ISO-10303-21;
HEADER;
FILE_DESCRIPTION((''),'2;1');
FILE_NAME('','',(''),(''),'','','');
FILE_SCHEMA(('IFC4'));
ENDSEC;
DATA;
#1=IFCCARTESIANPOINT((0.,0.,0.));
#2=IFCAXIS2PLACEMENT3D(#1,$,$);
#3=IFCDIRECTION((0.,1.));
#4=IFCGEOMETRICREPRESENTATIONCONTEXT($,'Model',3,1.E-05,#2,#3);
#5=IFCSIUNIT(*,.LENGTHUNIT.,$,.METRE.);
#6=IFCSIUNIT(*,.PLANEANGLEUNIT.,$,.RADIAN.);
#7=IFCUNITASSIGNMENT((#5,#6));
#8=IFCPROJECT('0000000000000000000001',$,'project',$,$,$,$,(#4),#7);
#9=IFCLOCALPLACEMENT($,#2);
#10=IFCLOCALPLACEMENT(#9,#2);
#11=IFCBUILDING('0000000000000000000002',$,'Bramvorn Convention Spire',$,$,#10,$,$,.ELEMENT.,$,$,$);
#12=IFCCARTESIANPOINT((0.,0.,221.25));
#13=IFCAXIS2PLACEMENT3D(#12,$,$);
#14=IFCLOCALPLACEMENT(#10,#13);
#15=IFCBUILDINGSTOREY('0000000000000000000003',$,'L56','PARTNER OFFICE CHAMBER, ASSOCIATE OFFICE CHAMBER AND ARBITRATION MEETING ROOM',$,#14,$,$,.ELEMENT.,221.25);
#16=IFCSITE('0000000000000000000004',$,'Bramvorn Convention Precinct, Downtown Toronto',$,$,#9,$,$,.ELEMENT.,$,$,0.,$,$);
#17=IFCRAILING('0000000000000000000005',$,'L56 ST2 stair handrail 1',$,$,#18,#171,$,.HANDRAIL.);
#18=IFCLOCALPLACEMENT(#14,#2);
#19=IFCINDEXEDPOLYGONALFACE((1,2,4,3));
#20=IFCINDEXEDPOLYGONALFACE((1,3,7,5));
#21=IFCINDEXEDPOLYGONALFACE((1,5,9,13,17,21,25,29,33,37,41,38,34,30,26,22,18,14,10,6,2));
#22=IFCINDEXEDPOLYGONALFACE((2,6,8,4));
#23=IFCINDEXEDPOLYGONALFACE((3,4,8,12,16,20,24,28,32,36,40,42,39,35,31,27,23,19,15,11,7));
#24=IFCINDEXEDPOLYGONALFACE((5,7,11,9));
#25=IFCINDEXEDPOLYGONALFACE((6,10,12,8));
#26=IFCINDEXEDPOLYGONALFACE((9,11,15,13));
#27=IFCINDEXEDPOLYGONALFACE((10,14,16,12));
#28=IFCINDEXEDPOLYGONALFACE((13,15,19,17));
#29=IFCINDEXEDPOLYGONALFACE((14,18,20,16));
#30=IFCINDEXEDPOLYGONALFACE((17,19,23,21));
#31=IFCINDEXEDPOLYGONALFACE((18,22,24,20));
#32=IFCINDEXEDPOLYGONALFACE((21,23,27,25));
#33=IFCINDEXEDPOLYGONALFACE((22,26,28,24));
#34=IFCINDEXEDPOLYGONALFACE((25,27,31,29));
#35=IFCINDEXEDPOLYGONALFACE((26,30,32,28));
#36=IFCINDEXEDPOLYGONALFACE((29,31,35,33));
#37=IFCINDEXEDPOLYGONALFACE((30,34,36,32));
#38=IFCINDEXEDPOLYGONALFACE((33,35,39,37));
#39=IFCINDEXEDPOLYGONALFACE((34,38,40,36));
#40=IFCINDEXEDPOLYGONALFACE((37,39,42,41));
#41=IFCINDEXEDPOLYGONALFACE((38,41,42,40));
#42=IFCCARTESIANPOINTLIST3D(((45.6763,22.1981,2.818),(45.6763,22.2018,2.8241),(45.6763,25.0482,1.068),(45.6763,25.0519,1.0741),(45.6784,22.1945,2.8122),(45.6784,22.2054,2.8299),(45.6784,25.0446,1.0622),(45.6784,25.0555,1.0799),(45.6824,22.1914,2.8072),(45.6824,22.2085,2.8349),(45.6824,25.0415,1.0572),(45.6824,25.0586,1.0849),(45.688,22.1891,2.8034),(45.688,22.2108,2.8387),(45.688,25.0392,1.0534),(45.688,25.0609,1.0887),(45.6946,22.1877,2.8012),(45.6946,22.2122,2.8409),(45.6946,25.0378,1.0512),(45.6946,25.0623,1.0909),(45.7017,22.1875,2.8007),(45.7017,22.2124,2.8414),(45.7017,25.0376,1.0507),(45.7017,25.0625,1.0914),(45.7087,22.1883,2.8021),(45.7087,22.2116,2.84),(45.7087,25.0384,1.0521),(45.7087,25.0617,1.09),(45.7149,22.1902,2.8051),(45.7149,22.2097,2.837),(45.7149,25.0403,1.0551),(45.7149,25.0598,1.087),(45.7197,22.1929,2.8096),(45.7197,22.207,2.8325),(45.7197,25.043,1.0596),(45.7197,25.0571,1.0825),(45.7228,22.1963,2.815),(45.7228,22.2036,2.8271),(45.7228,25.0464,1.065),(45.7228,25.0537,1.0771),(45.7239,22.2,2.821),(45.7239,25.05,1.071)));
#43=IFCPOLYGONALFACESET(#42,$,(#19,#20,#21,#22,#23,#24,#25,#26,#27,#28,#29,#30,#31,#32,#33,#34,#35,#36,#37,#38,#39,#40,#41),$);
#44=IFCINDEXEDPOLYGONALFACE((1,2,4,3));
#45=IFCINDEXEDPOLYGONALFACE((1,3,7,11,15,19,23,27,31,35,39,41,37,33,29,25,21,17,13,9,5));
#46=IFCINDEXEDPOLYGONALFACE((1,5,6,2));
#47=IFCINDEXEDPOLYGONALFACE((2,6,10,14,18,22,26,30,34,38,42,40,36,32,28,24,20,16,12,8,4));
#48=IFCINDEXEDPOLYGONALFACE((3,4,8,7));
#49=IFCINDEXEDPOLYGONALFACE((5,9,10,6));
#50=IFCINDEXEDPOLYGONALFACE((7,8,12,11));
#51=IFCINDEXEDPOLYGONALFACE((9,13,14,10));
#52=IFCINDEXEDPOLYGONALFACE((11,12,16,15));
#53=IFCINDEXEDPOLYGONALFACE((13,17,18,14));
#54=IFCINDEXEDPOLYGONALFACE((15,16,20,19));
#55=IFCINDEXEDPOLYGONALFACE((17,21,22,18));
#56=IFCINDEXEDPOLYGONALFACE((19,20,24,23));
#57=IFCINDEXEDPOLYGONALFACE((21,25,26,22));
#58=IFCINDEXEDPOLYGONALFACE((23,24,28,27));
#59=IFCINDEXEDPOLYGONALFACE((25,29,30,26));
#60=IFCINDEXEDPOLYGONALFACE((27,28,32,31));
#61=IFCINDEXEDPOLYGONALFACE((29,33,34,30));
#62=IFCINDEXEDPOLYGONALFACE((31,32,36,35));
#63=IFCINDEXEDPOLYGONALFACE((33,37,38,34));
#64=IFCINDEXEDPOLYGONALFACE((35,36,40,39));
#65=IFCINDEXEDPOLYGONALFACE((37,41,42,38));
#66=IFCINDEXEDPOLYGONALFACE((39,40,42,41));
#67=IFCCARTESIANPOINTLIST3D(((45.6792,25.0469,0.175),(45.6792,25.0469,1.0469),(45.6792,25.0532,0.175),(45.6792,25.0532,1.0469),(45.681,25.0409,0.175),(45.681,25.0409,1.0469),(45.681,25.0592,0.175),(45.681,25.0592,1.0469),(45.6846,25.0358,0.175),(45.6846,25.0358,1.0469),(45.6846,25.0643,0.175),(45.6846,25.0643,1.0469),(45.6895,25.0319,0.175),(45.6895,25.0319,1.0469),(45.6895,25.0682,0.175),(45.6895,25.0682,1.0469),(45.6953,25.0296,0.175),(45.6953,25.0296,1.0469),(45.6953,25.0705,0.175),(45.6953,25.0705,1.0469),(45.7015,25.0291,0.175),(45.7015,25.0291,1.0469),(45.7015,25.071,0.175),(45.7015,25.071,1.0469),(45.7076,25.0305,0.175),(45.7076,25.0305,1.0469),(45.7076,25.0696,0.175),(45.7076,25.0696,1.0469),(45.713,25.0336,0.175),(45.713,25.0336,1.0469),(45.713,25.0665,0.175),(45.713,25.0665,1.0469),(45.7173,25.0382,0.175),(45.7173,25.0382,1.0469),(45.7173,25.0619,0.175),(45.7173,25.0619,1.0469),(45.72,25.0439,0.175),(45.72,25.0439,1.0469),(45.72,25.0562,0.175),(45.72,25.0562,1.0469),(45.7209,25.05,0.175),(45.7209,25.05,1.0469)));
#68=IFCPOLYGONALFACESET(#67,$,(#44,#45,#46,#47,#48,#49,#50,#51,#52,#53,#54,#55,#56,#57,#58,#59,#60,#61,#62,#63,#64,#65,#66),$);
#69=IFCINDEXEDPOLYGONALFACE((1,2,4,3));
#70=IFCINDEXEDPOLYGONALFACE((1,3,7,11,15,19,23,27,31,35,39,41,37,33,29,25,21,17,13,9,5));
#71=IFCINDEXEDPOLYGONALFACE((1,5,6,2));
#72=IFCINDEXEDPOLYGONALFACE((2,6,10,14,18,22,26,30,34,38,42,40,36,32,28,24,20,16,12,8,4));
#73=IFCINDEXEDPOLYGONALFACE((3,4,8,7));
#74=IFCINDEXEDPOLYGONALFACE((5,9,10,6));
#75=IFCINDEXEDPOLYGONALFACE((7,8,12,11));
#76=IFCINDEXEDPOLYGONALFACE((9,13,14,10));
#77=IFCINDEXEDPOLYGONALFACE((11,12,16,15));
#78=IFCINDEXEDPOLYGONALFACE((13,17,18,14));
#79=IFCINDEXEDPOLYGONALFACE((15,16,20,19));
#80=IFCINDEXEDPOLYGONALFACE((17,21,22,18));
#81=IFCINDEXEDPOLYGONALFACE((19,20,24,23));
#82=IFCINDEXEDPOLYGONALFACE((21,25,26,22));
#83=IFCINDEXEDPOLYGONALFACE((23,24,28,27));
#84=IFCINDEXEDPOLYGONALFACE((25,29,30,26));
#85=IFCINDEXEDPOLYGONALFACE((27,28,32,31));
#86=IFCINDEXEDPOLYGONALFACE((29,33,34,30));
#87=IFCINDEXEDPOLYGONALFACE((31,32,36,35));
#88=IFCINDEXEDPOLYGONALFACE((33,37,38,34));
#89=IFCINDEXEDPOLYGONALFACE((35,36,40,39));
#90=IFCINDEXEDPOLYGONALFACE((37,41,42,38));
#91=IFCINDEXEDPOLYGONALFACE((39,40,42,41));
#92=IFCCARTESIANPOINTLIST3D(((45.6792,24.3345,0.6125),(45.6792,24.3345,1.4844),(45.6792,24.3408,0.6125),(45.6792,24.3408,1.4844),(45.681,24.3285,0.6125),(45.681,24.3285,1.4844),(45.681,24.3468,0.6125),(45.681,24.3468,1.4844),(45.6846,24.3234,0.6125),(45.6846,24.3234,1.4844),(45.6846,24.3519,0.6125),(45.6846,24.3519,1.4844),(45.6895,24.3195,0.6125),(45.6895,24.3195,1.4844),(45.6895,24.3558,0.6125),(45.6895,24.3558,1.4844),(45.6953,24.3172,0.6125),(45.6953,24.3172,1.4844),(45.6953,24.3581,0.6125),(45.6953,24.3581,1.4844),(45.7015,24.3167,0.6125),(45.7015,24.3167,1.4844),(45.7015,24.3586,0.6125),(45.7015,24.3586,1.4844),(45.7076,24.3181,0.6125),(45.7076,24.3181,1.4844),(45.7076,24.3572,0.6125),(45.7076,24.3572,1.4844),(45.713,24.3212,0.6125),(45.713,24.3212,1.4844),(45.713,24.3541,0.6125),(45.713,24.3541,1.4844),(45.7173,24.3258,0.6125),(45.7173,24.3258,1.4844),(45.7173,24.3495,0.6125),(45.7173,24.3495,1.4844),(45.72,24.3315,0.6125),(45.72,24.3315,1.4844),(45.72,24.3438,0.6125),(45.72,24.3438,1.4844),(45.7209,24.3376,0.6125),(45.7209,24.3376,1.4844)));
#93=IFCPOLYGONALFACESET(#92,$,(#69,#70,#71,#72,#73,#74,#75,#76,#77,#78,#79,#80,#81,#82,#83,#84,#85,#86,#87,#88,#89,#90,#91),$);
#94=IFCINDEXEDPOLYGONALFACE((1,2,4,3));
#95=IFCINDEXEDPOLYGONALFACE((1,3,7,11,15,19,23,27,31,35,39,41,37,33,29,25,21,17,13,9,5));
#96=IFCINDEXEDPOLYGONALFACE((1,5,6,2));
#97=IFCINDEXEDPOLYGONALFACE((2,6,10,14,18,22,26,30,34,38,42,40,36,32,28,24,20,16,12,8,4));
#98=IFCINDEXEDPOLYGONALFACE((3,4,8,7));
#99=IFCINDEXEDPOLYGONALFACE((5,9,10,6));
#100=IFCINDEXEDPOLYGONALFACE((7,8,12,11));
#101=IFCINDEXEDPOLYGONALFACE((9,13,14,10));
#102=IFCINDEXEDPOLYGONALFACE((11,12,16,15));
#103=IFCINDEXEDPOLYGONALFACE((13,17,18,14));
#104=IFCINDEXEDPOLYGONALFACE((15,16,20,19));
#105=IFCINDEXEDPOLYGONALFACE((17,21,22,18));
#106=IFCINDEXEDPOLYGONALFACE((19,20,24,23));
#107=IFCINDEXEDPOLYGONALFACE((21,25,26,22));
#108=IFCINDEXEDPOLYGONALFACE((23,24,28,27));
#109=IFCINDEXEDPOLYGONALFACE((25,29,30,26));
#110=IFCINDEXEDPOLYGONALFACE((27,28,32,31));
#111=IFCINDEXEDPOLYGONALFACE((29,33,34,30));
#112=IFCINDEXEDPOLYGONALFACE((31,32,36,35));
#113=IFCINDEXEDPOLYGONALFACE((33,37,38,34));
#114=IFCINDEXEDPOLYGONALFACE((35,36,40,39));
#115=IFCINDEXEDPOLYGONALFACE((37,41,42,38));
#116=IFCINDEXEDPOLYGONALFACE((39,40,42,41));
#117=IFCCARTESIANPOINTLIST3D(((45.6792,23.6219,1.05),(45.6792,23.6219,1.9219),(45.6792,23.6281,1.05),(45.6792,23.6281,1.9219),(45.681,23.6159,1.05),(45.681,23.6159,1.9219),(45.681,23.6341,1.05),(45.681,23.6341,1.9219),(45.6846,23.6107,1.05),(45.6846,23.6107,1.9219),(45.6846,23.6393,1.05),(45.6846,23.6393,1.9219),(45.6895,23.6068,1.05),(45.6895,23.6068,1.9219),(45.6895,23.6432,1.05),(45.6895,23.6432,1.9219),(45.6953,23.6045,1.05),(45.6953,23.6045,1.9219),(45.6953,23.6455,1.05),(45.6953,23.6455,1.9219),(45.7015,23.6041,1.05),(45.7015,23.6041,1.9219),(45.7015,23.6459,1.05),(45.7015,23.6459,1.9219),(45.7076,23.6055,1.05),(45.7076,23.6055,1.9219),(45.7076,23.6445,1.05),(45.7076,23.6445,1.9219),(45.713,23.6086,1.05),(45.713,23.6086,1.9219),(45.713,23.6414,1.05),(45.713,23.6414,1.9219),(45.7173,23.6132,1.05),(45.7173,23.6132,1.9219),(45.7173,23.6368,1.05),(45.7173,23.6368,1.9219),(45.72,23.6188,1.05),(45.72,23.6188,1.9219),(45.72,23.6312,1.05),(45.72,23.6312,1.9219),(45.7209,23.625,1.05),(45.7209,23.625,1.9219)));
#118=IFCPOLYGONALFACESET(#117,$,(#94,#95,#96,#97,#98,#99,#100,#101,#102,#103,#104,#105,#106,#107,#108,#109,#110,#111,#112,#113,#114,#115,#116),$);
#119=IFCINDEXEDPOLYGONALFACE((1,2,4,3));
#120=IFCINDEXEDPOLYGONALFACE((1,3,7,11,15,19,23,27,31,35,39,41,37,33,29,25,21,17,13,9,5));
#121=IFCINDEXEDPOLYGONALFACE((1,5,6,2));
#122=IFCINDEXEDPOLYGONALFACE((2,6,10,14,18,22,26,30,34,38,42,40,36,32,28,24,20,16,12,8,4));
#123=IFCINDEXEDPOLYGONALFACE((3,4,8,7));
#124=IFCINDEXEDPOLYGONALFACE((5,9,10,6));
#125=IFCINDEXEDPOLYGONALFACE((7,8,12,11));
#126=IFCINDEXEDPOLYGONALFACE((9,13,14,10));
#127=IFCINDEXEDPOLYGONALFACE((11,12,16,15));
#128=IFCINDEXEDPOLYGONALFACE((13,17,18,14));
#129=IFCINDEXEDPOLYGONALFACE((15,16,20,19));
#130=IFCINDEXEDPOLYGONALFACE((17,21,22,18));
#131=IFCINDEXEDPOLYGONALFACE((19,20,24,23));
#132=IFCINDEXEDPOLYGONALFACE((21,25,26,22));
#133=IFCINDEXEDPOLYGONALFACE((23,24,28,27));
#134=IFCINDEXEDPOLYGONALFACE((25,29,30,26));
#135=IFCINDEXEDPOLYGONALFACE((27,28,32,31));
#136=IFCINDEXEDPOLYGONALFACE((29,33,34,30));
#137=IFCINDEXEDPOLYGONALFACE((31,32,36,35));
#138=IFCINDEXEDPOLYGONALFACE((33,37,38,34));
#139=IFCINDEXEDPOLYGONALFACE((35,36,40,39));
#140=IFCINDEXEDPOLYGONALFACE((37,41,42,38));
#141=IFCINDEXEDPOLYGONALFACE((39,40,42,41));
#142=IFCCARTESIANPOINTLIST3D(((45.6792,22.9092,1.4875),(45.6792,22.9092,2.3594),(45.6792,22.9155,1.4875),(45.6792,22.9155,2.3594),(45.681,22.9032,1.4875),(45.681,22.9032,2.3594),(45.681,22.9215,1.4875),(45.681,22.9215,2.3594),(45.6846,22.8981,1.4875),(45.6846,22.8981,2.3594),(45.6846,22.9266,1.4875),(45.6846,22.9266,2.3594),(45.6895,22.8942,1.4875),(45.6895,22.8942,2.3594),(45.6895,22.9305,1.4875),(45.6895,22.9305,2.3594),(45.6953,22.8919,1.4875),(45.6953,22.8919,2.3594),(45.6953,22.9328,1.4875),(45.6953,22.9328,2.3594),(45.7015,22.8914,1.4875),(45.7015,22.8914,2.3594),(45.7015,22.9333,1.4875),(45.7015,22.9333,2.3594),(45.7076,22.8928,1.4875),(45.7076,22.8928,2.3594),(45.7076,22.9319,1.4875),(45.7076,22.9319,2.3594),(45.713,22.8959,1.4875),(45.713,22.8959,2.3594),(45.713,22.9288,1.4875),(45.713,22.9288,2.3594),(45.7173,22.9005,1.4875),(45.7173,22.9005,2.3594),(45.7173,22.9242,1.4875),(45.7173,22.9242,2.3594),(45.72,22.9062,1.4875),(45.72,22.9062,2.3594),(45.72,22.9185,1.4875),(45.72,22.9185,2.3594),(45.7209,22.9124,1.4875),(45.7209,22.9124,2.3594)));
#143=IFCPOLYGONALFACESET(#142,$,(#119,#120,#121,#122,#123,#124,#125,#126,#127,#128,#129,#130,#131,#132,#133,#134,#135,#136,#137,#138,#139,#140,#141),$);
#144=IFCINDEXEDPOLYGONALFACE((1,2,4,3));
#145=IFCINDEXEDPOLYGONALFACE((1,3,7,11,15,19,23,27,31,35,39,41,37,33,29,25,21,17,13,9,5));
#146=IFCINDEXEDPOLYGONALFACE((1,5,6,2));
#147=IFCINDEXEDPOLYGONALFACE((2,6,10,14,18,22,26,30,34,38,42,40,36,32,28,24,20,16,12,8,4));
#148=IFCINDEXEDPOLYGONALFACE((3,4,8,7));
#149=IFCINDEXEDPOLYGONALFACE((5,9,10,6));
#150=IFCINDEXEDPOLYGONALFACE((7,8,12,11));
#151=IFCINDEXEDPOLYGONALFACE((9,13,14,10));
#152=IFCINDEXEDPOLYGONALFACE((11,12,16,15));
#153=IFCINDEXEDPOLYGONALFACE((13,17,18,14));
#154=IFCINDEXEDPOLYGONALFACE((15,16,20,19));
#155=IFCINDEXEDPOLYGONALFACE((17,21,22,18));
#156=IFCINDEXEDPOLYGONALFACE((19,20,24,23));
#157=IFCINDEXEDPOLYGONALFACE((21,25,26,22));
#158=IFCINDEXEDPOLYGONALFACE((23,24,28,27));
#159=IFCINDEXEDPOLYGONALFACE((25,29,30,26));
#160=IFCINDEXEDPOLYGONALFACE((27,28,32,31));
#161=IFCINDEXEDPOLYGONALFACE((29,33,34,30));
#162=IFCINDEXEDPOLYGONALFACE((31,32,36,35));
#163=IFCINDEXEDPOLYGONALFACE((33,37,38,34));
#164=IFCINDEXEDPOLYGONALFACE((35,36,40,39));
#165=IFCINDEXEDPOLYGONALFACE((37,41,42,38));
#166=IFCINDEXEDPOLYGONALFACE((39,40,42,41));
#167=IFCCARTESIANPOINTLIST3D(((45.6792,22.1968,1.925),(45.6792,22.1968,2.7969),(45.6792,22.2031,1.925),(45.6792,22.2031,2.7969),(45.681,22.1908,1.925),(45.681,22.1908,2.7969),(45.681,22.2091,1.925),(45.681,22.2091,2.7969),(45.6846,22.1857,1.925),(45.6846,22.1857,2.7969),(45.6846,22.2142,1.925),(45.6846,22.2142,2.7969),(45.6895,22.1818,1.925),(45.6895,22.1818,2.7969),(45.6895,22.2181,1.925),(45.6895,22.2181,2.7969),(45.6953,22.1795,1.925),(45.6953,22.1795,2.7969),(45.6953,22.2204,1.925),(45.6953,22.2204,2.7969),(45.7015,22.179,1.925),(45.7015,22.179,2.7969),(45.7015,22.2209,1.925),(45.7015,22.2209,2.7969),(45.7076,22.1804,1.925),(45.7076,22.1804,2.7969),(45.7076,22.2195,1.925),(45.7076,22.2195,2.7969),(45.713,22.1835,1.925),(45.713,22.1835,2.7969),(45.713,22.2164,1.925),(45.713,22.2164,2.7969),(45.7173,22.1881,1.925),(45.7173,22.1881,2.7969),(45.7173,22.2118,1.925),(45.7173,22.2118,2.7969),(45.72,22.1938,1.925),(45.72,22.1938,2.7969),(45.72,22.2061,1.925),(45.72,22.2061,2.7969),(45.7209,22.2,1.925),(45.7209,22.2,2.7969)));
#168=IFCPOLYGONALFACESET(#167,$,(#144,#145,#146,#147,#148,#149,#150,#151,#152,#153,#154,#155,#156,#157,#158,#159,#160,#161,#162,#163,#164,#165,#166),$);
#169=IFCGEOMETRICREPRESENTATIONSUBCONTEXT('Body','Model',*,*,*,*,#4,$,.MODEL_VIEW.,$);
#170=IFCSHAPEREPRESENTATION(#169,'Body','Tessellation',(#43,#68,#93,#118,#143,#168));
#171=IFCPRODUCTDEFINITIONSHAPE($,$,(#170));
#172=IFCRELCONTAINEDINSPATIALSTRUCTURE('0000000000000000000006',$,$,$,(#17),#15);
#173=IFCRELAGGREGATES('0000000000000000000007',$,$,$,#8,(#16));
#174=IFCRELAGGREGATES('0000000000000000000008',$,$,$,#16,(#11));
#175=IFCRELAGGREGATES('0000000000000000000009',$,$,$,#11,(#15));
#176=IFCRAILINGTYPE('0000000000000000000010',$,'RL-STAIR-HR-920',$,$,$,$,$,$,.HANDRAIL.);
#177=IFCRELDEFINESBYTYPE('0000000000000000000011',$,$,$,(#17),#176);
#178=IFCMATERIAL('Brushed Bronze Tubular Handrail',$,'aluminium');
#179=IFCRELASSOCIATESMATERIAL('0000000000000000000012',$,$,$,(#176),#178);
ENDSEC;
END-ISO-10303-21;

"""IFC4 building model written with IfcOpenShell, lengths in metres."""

from ifc_helpers import new_model, si_unit, direction, frame, origin, origin_2d, place, context, subcontext, project, spatial, circle, extrude, material, type_object, element, save


model = new_model("IFC4")

# Units and contexts
model_context = context("Model", 3, precision=1e-05, world=origin(), true_north=direction((0.0, 1.0)))
body_context = subcontext(model_context, "Body", "Model", "MODEL_VIEW")
ifc_project = project(units=[si_unit("LENGTHUNIT", "METRE"), si_unit("PLANEANGLEUNIT", "RADIAN")], contexts=[model_context])

# Site, building, storey
site_placement = place(None, origin())
site = spatial("IfcSite", under=ifc_project, at=site_placement, Name="Bramvorn Convention Precinct, Downtown Toronto", CompositionType="ELEMENT", RefElevation=0.0)
building_placement = place(site_placement, origin())
building = spatial("IfcBuilding", under=site, at=building_placement, Name="Bramvorn Convention Spire", CompositionType="ELEMENT")
storey_placement = place(building_placement, frame((0.0, 0.0, 221.25)))
storey = spatial("IfcBuildingStorey", under=building, at=storey_placement, Name="L56", Description="PARTNER OFFICE CHAMBER, ASSOCIATE OFFICE CHAMBER AND ARBITRATION MEETING ROOM", CompositionType="ELEMENT", Elevation=221.25)

# Railing
ifc_material_1 = material(Name="Brushed Bronze Tubular Handrail", Category="aluminium")
railing_type_1 = type_object("IfcRailingType", Name="RL-STAIR-HR-920", PredefinedType="HANDRAIL", material=ifc_material_1)
railing_1_placement = place(storey_placement, frame((45.7, 25.05, 0.175)))
element("IfcRailing", 1, at=railing_1_placement, inside=storey, type_object=railing_type_1, Name="L56 ST2 stair handrail 1", PredefinedType="HANDRAIL", context=body_context, shape_type="SweptSolid", body=[
    extrude(circle(Radius=0.0239, at=origin_2d()), frame((0.0, 0.0, 0.896), z_axis=(0.0, -0.852179, 0.52325), x_axis=(1.0, 0.0, 0.0)), (0.0, 0.0, 1.0), 3.3445),
    extrude(circle(Radius=0.021, at=origin_2d()), origin(), (0.0, 0.0, 1.0), 0.8718),
    extrude(circle(Radius=0.021, at=origin_2d()), frame((0.0, -0.7124, 0.4375)), (0.0, 0.0, 1.0), 0.8718),
    extrude(circle(Radius=0.021, at=origin_2d()), frame((0.0, -1.425, 0.875)), (0.0, 0.0, 1.0), 0.8718),
    extrude(circle(Radius=0.021, at=origin_2d()), frame((0.0, -2.1377, 1.3125)), (0.0, 0.0, 1.0), 0.8718),
    extrude(circle(Radius=0.021, at=origin_2d()), frame((0.0, -2.8501, 1.75)), (0.0, 0.0, 1.0), 0.8718),
])

save(model, "model.ifc")
